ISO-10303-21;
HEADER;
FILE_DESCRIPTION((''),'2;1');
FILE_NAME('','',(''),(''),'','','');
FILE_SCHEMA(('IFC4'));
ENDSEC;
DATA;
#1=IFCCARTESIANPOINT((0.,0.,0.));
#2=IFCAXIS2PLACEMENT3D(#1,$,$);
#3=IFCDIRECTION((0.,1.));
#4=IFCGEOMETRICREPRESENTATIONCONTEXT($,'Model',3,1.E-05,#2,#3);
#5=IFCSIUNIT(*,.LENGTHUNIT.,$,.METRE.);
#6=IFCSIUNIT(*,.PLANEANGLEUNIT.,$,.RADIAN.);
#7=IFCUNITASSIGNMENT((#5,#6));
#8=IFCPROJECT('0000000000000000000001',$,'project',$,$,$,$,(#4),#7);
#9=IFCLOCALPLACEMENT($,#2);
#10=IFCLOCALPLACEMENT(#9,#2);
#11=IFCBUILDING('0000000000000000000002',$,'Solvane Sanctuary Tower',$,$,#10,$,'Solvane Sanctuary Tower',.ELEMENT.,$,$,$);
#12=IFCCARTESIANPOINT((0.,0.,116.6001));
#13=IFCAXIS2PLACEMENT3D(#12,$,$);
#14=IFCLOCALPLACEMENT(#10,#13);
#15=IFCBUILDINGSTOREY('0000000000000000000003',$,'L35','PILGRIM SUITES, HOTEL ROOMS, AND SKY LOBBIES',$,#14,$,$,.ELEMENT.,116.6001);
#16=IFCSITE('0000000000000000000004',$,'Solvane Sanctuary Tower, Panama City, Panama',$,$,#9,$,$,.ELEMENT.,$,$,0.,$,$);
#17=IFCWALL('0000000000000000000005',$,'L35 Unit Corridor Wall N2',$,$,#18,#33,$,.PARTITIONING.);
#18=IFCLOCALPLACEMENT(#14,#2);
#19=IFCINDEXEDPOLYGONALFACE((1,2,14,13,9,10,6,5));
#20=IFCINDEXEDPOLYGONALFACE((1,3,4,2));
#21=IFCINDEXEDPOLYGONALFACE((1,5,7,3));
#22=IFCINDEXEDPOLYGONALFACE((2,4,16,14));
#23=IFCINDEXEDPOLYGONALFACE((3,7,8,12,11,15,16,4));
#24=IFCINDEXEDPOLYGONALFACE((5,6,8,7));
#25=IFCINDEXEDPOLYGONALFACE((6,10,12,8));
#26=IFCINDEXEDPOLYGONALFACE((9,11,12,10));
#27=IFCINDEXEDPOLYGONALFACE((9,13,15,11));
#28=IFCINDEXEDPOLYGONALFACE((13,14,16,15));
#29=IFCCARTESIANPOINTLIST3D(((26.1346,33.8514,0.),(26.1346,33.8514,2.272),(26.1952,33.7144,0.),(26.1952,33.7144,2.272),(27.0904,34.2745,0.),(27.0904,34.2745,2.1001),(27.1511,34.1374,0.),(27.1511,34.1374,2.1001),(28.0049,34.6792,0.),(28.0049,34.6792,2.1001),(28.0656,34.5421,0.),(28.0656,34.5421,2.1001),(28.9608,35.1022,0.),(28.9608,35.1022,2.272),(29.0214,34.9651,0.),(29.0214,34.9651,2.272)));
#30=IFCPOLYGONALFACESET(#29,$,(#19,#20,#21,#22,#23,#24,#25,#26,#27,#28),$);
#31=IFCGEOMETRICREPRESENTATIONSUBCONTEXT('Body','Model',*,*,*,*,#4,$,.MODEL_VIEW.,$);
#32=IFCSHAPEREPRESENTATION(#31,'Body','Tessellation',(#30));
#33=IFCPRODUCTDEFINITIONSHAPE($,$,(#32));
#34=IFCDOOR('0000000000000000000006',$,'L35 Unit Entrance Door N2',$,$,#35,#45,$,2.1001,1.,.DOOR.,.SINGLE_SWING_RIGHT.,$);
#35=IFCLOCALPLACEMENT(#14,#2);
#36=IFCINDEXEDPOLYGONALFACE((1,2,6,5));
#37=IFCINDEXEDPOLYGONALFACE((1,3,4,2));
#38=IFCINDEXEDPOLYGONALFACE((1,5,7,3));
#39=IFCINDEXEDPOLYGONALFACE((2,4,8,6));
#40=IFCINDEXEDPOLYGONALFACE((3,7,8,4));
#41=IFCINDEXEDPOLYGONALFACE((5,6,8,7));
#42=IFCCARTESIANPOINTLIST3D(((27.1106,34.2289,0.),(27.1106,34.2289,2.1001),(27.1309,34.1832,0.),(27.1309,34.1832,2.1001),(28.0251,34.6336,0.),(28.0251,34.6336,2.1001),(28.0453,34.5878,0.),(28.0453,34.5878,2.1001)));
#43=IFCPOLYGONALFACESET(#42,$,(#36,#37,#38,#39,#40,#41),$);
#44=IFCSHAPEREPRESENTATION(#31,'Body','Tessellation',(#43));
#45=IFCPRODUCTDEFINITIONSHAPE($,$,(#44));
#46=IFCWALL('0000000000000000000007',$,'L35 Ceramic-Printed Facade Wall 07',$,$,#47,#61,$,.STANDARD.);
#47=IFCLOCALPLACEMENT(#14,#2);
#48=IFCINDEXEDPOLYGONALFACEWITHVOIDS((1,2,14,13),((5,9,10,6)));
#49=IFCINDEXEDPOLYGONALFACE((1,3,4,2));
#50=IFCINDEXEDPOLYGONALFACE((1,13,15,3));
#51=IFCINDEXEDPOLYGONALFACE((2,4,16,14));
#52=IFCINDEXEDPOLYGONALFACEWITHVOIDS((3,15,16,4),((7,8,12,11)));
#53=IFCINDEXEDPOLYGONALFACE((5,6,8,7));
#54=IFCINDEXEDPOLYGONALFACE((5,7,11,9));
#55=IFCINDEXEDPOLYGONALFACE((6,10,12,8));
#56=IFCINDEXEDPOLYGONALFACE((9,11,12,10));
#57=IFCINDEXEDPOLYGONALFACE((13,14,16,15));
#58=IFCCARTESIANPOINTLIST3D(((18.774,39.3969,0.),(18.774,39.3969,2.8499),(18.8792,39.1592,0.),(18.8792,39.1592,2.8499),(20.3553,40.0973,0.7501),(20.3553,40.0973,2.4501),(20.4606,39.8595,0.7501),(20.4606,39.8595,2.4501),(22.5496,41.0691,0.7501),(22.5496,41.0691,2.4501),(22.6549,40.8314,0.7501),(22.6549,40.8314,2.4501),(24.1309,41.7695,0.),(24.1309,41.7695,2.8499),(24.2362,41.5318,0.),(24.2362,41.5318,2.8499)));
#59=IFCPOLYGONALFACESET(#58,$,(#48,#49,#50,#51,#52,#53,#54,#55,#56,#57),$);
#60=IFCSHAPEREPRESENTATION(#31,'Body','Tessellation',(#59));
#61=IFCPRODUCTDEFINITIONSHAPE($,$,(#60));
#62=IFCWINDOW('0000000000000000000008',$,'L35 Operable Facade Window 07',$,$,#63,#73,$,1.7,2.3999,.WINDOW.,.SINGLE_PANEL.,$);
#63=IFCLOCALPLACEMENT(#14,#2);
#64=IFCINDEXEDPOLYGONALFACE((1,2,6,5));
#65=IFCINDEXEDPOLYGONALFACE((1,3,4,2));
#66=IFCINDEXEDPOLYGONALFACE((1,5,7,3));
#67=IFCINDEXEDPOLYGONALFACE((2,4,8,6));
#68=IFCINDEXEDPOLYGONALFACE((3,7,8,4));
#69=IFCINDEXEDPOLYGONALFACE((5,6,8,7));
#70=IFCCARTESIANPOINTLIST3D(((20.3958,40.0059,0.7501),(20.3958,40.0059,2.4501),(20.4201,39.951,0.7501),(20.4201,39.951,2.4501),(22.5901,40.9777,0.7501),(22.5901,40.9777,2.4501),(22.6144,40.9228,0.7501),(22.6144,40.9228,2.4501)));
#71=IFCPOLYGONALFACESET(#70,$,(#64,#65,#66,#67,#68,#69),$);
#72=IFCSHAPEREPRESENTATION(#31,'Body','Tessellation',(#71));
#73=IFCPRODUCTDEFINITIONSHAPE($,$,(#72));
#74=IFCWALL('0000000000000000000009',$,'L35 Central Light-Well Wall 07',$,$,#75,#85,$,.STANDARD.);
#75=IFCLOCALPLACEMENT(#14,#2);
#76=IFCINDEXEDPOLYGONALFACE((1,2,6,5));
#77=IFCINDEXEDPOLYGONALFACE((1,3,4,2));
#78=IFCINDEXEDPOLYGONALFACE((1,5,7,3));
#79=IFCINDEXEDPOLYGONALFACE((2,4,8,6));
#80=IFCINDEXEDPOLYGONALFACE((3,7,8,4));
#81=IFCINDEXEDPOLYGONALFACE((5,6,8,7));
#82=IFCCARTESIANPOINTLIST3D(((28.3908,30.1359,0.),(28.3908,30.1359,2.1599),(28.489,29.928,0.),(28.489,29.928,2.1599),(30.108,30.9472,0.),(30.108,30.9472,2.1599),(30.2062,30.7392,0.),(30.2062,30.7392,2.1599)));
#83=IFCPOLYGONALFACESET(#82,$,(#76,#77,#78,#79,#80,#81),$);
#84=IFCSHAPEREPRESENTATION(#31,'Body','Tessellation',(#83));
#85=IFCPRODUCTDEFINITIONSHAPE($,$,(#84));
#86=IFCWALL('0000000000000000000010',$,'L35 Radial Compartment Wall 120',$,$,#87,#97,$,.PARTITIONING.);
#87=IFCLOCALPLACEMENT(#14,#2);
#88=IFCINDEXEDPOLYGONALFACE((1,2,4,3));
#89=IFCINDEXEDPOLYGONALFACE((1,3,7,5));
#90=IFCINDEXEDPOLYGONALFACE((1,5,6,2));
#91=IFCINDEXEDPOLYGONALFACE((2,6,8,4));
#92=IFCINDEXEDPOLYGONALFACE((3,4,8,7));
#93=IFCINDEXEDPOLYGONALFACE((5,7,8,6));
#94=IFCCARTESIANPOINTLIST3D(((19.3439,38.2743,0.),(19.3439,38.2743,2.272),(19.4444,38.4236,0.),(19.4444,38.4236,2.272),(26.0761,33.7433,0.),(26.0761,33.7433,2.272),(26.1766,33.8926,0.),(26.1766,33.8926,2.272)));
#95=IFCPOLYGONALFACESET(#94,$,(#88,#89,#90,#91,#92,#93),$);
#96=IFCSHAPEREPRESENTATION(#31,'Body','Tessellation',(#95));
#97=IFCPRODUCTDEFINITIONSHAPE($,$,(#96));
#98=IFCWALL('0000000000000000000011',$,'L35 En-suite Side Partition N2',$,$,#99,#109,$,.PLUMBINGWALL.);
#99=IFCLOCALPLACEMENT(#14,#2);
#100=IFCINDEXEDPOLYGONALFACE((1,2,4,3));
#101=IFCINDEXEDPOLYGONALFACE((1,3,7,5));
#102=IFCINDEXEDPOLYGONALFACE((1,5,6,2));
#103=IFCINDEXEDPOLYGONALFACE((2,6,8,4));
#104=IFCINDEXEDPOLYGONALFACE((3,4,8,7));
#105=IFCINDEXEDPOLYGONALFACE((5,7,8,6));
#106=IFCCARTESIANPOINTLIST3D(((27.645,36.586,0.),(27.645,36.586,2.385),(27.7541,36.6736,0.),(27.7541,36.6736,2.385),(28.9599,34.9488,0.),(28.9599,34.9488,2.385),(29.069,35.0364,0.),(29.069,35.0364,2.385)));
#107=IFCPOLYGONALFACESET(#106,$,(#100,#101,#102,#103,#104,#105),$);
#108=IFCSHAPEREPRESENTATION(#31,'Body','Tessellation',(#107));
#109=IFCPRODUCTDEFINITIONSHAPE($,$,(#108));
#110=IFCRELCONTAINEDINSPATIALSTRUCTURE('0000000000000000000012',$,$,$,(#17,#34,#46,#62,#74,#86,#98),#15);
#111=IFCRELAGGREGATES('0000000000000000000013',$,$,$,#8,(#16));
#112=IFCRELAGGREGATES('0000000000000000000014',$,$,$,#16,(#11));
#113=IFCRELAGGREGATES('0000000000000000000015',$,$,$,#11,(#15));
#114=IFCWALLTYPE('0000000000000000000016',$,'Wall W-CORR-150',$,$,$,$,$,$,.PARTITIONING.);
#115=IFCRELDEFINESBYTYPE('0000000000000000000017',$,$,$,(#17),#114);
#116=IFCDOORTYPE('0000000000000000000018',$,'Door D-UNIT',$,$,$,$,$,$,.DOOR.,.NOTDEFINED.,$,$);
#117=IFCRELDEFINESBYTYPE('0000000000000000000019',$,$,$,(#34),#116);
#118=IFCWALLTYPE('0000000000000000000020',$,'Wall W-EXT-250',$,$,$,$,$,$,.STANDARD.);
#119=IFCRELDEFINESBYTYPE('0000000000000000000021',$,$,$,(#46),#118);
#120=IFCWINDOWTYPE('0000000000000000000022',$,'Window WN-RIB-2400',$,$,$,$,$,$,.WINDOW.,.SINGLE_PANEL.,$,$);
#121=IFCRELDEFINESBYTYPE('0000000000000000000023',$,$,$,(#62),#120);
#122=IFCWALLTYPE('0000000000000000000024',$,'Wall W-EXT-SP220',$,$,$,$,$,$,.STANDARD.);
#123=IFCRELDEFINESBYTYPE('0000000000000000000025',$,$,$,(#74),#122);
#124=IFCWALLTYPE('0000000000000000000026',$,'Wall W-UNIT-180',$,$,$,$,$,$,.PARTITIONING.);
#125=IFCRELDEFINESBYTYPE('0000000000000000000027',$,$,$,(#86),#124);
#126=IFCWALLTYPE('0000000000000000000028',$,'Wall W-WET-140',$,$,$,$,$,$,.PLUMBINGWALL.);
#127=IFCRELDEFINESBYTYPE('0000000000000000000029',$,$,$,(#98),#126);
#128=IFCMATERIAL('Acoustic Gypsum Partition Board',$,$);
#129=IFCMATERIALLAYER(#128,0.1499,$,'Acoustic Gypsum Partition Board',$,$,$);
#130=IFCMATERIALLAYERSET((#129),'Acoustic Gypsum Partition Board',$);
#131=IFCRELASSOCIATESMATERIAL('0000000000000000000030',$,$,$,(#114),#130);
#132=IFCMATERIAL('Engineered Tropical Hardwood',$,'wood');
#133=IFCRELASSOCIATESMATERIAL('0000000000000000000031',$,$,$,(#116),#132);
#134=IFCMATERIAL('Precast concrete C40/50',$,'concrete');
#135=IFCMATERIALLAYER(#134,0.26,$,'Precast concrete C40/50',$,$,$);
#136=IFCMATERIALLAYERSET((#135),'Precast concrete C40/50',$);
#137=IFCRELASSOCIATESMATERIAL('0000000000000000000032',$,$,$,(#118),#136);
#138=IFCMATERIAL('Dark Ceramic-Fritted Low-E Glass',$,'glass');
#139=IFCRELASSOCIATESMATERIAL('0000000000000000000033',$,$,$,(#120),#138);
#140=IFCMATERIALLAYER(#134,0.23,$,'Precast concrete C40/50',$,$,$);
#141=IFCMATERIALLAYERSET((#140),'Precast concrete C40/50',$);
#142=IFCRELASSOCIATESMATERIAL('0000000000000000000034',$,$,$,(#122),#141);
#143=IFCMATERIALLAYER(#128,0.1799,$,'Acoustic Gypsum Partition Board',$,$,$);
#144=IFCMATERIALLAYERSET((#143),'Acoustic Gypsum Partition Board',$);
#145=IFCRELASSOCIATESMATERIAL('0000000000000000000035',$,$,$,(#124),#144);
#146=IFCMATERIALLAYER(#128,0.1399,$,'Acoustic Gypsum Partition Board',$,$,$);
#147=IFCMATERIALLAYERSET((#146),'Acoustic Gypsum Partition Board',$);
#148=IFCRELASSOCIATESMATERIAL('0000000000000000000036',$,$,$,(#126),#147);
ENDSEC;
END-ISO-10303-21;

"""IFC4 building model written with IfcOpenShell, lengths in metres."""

from ifc_helpers import new_model, si_unit, direction, frame, frame_2d, origin, place, context, subcontext, project, spatial, rectangle, extrude, material, layer, layer_set, type_object, element, fill, save


model = new_model("IFC4")

# Units and contexts
model_context = context("Model", 3, precision=1e-05, world=origin(), true_north=direction((0.0, 1.0)))
body_context = subcontext(model_context, "Body", "Model", "MODEL_VIEW")
ifc_project = project(units=[si_unit("LENGTHUNIT", "METRE"), si_unit("PLANEANGLEUNIT", "RADIAN")], contexts=[model_context])

# Site, building, storey
site_placement = place(None, origin())
site = spatial("IfcSite", under=ifc_project, at=site_placement, Name="Solvane Sanctuary Tower, Panama City, Panama", CompositionType="ELEMENT", RefElevation=0.0)
building_placement = place(site_placement, origin())
building = spatial("IfcBuilding", under=site, at=building_placement, Name="Solvane Sanctuary Tower", LongName="Solvane Sanctuary Tower", CompositionType="ELEMENT")
storey_placement = place(building_placement, frame((0.0, 0.0, 116.6001)))
storey = spatial("IfcBuildingStorey", under=building, at=storey_placement, Name="L35", Description="PILGRIM SUITES, HOTEL ROOMS, AND SKY LOBBIES", CompositionType="ELEMENT", Elevation=116.6001)

# Shared definitions
ifc_material_1 = material(Name="Acoustic Gypsum Partition Board")
ifc_layer_1 = layer(ifc_material_1, 0.1499, Name="Acoustic Gypsum Partition Board")
ifc_layer_set_1 = layer_set([ifc_layer_1], Name="Acoustic Gypsum Partition Board")
wall_type_1 = type_object("IfcWallType", Name="Wall W-CORR-150", PredefinedType="PARTITIONING", material=ifc_layer_set_1)

# Wall, opening, door
wall_1_placement = place(storey_placement, frame((28.9912, 35.0337, 0.0), z_axis=(0.0, 0.0, 1.0), x_axis=(-0.914452, -0.404694, 0.0)))
wall_1 = element("IfcWall", 1, at=wall_1_placement, inside=storey, type_object=wall_type_1, Name="L35 Unit Corridor Wall N2", PredefinedType="PARTITIONING", context=body_context, shape_type="SweptSolid", body=[
    extrude(rectangle(XDim=3.0906, YDim=0.1499, at=frame_2d((1.5454, 0.0))), origin(), (0.0, 0.0, 1.0), 2.272),
])
opening_1_placement = place(wall_1_placement, frame((1.0454, 0.0, 0.0)))
opening_1 = element("IfcOpeningElement", 2, at=opening_1_placement, cuts=wall_1, PredefinedType="OPENING", context=body_context, shape_type="SweptSolid", body=[
    extrude(rectangle(XDim=1.0, YDim=2.1001, at=frame_2d((0.5, 1.05))), frame((0.0, 0.085, 0.0), z_axis=(0.0, -1.0, 0.0), x_axis=(1.0, 0.0, 0.0)), (0.0, 0.0, 1.0), 0.1699),
])
ifc_material_2 = material(Name="Engineered Tropical Hardwood", Category="wood")
door_type = type_object("IfcDoorType", Name="Door D-UNIT", OperationType="NOTDEFINED", PredefinedType="DOOR", material=ifc_material_2)
door_placement = place(opening_1_placement, origin())
door = element("IfcDoor", 3, at=door_placement, inside=storey, type_object=door_type, Name="L35 Unit Entrance Door N2", OperationType="SINGLE_SWING_RIGHT", OverallHeight=2.1001, OverallWidth=1.0, PredefinedType="DOOR", context=body_context, shape_type="SweptSolid", body=[
    extrude(rectangle(XDim=1.0, YDim=2.1001, at=frame_2d((0.5, 1.05))), frame((0.0, 0.0249, 0.0), z_axis=(0.0, -1.0, 0.0), x_axis=(1.0, 0.0, 0.0)), (0.0, 0.0, 1.0), 0.05),
])
fill(opening_1, door)

# Wall, opening, window
ifc_material_3 = material(Name="Precast concrete C40/50", Category="concrete")
ifc_layer_2 = layer(ifc_material_3, 0.26, Name="Precast concrete C40/50")
ifc_layer_set_2 = layer_set([ifc_layer_2], Name="Precast concrete C40/50")
wall_type_2 = type_object("IfcWallType", Name="Wall W-EXT-250", PredefinedType="STANDARD", material=ifc_layer_set_2)
wall_2_placement = place(storey_placement, frame((24.1836, 41.6506, 0.0), z_axis=(0.0, 0.0, 1.0), x_axis=(-0.914337, -0.404955, 0.0)))
wall_2 = element("IfcWall", 4, at=wall_2_placement, inside=storey, type_object=wall_type_2, Name="L35 Ceramic-Printed Facade Wall 07", PredefinedType="STANDARD", context=body_context, shape_type="SweptSolid", body=[
    extrude(rectangle(XDim=5.8589, YDim=0.26, at=frame_2d((2.9294, 0.0))), origin(), (0.0, 0.0, 1.0), 2.8499),
])
opening_2_placement = place(wall_2_placement, frame((1.7295, 0.0, 0.75)))
opening_2 = element("IfcOpeningElement", 5, at=opening_2_placement, cuts=wall_2, PredefinedType="OPENING", context=body_context, shape_type="SweptSolid", body=[
    extrude(rectangle(XDim=2.3999, YDim=1.7, at=frame_2d((1.2, 0.8501))), frame((0.0, 0.1399, 0.0), z_axis=(0.0, -1.0, 0.0), x_axis=(1.0, 0.0, 0.0)), (0.0, 0.0, 1.0), 0.28),
])
ifc_material_4 = material(Name="Dark Ceramic-Fritted Low-E Glass", Category="glass")
window_type = type_object("IfcWindowType", Name="Window WN-RIB-2400", PartitioningType="SINGLE_PANEL", PredefinedType="WINDOW", material=ifc_material_4)
window_placement = place(opening_2_placement, origin())
window = element("IfcWindow", 6, at=window_placement, inside=storey, type_object=window_type, Name="L35 Operable Facade Window 07", OverallHeight=1.7, OverallWidth=2.3999, PartitioningType="SINGLE_PANEL", PredefinedType="WINDOW", context=body_context, shape_type="SweptSolid", body=[
    extrude(rectangle(XDim=2.3999, YDim=1.7, at=frame_2d((1.2, 0.8501))), frame((0.0, 0.03, 0.0), z_axis=(0.0, -1.0, 0.0), x_axis=(1.0, 0.0, 0.0)), (0.0, 0.0, 1.0), 0.0601),
])
fill(opening_2, window)

# Walls
ifc_layer_3 = layer(ifc_material_3, 0.23, Name="Precast concrete C40/50")
ifc_layer_set_3 = layer_set([ifc_layer_3], Name="Precast concrete C40/50")
wall_type_3 = type_object("IfcWallType", Name="Wall W-EXT-SP220", PredefinedType="STANDARD", material=ifc_layer_set_3)
wall_3_placement = place(storey_placement, frame((30.1572, 30.8433, 0.0), z_axis=(0.0, 0.0, 1.0), x_axis=(-0.90418, -0.427152, 0.0)))
element("IfcWall", 7, at=wall_3_placement, inside=storey, type_object=wall_type_3, Name="L35 Central Light-Well Wall 07", PredefinedType="STANDARD", context=body_context, shape_type="SweptSolid", body=[
    extrude(rectangle(XDim=1.8992, YDim=0.23, at=frame_2d((0.9497, 0.0))), origin(), (0.0, 0.0, 1.0), 2.1599),
])
ifc_layer_4 = layer(ifc_material_1, 0.1799, Name="Acoustic Gypsum Partition Board")
ifc_layer_set_4 = layer_set([ifc_layer_4], Name="Acoustic Gypsum Partition Board")
wall_type_4 = type_object("IfcWallType", Name="Wall W-UNIT-180", PredefinedType="PARTITIONING", material=ifc_layer_set_4)
wall_4_placement = place(storey_placement, frame((26.1265, 33.8179, 0.0), z_axis=(0.0, 0.0, 1.0), x_axis=(-0.829603, 0.558354, 0.0)))
element("IfcWall", 8, at=wall_4_placement, inside=storey, type_object=wall_type_4, Name="L35 Radial Compartment Wall 120", PredefinedType="PARTITIONING", context=body_context, shape_type="SweptSolid", body=[
    extrude(rectangle(XDim=8.115, YDim=0.1799, at=frame_2d((4.0576, 0.0))), origin(), (0.0, 0.0, 1.0), 2.272),
])
ifc_layer_5 = layer(ifc_material_1, 0.1399, Name="Acoustic Gypsum Partition Board")
ifc_layer_set_5 = layer_set([ifc_layer_5], Name="Acoustic Gypsum Partition Board")
wall_type_5 = type_object("IfcWallType", Name="Wall W-WET-140", PredefinedType="PLUMBINGWALL", material=ifc_layer_set_5)
wall_5_placement = place(storey_placement, frame((29.0144, 34.9927, 0.0), z_axis=(0.0, 0.0, 1.0), x_axis=(-0.626197, 0.779665, 0.0)))
element("IfcWall", 9, at=wall_5_placement, inside=storey, type_object=wall_type_5, Name="L35 En-suite Side Partition N2", PredefinedType="PLUMBINGWALL", context=body_context, shape_type="SweptSolid", body=[
    extrude(rectangle(XDim=2.0999, YDim=0.1399, at=frame_2d((1.0498, 0.0))), origin(), (0.0, 0.0, 1.0), 2.385),
])

save(model, "model.ifc")
